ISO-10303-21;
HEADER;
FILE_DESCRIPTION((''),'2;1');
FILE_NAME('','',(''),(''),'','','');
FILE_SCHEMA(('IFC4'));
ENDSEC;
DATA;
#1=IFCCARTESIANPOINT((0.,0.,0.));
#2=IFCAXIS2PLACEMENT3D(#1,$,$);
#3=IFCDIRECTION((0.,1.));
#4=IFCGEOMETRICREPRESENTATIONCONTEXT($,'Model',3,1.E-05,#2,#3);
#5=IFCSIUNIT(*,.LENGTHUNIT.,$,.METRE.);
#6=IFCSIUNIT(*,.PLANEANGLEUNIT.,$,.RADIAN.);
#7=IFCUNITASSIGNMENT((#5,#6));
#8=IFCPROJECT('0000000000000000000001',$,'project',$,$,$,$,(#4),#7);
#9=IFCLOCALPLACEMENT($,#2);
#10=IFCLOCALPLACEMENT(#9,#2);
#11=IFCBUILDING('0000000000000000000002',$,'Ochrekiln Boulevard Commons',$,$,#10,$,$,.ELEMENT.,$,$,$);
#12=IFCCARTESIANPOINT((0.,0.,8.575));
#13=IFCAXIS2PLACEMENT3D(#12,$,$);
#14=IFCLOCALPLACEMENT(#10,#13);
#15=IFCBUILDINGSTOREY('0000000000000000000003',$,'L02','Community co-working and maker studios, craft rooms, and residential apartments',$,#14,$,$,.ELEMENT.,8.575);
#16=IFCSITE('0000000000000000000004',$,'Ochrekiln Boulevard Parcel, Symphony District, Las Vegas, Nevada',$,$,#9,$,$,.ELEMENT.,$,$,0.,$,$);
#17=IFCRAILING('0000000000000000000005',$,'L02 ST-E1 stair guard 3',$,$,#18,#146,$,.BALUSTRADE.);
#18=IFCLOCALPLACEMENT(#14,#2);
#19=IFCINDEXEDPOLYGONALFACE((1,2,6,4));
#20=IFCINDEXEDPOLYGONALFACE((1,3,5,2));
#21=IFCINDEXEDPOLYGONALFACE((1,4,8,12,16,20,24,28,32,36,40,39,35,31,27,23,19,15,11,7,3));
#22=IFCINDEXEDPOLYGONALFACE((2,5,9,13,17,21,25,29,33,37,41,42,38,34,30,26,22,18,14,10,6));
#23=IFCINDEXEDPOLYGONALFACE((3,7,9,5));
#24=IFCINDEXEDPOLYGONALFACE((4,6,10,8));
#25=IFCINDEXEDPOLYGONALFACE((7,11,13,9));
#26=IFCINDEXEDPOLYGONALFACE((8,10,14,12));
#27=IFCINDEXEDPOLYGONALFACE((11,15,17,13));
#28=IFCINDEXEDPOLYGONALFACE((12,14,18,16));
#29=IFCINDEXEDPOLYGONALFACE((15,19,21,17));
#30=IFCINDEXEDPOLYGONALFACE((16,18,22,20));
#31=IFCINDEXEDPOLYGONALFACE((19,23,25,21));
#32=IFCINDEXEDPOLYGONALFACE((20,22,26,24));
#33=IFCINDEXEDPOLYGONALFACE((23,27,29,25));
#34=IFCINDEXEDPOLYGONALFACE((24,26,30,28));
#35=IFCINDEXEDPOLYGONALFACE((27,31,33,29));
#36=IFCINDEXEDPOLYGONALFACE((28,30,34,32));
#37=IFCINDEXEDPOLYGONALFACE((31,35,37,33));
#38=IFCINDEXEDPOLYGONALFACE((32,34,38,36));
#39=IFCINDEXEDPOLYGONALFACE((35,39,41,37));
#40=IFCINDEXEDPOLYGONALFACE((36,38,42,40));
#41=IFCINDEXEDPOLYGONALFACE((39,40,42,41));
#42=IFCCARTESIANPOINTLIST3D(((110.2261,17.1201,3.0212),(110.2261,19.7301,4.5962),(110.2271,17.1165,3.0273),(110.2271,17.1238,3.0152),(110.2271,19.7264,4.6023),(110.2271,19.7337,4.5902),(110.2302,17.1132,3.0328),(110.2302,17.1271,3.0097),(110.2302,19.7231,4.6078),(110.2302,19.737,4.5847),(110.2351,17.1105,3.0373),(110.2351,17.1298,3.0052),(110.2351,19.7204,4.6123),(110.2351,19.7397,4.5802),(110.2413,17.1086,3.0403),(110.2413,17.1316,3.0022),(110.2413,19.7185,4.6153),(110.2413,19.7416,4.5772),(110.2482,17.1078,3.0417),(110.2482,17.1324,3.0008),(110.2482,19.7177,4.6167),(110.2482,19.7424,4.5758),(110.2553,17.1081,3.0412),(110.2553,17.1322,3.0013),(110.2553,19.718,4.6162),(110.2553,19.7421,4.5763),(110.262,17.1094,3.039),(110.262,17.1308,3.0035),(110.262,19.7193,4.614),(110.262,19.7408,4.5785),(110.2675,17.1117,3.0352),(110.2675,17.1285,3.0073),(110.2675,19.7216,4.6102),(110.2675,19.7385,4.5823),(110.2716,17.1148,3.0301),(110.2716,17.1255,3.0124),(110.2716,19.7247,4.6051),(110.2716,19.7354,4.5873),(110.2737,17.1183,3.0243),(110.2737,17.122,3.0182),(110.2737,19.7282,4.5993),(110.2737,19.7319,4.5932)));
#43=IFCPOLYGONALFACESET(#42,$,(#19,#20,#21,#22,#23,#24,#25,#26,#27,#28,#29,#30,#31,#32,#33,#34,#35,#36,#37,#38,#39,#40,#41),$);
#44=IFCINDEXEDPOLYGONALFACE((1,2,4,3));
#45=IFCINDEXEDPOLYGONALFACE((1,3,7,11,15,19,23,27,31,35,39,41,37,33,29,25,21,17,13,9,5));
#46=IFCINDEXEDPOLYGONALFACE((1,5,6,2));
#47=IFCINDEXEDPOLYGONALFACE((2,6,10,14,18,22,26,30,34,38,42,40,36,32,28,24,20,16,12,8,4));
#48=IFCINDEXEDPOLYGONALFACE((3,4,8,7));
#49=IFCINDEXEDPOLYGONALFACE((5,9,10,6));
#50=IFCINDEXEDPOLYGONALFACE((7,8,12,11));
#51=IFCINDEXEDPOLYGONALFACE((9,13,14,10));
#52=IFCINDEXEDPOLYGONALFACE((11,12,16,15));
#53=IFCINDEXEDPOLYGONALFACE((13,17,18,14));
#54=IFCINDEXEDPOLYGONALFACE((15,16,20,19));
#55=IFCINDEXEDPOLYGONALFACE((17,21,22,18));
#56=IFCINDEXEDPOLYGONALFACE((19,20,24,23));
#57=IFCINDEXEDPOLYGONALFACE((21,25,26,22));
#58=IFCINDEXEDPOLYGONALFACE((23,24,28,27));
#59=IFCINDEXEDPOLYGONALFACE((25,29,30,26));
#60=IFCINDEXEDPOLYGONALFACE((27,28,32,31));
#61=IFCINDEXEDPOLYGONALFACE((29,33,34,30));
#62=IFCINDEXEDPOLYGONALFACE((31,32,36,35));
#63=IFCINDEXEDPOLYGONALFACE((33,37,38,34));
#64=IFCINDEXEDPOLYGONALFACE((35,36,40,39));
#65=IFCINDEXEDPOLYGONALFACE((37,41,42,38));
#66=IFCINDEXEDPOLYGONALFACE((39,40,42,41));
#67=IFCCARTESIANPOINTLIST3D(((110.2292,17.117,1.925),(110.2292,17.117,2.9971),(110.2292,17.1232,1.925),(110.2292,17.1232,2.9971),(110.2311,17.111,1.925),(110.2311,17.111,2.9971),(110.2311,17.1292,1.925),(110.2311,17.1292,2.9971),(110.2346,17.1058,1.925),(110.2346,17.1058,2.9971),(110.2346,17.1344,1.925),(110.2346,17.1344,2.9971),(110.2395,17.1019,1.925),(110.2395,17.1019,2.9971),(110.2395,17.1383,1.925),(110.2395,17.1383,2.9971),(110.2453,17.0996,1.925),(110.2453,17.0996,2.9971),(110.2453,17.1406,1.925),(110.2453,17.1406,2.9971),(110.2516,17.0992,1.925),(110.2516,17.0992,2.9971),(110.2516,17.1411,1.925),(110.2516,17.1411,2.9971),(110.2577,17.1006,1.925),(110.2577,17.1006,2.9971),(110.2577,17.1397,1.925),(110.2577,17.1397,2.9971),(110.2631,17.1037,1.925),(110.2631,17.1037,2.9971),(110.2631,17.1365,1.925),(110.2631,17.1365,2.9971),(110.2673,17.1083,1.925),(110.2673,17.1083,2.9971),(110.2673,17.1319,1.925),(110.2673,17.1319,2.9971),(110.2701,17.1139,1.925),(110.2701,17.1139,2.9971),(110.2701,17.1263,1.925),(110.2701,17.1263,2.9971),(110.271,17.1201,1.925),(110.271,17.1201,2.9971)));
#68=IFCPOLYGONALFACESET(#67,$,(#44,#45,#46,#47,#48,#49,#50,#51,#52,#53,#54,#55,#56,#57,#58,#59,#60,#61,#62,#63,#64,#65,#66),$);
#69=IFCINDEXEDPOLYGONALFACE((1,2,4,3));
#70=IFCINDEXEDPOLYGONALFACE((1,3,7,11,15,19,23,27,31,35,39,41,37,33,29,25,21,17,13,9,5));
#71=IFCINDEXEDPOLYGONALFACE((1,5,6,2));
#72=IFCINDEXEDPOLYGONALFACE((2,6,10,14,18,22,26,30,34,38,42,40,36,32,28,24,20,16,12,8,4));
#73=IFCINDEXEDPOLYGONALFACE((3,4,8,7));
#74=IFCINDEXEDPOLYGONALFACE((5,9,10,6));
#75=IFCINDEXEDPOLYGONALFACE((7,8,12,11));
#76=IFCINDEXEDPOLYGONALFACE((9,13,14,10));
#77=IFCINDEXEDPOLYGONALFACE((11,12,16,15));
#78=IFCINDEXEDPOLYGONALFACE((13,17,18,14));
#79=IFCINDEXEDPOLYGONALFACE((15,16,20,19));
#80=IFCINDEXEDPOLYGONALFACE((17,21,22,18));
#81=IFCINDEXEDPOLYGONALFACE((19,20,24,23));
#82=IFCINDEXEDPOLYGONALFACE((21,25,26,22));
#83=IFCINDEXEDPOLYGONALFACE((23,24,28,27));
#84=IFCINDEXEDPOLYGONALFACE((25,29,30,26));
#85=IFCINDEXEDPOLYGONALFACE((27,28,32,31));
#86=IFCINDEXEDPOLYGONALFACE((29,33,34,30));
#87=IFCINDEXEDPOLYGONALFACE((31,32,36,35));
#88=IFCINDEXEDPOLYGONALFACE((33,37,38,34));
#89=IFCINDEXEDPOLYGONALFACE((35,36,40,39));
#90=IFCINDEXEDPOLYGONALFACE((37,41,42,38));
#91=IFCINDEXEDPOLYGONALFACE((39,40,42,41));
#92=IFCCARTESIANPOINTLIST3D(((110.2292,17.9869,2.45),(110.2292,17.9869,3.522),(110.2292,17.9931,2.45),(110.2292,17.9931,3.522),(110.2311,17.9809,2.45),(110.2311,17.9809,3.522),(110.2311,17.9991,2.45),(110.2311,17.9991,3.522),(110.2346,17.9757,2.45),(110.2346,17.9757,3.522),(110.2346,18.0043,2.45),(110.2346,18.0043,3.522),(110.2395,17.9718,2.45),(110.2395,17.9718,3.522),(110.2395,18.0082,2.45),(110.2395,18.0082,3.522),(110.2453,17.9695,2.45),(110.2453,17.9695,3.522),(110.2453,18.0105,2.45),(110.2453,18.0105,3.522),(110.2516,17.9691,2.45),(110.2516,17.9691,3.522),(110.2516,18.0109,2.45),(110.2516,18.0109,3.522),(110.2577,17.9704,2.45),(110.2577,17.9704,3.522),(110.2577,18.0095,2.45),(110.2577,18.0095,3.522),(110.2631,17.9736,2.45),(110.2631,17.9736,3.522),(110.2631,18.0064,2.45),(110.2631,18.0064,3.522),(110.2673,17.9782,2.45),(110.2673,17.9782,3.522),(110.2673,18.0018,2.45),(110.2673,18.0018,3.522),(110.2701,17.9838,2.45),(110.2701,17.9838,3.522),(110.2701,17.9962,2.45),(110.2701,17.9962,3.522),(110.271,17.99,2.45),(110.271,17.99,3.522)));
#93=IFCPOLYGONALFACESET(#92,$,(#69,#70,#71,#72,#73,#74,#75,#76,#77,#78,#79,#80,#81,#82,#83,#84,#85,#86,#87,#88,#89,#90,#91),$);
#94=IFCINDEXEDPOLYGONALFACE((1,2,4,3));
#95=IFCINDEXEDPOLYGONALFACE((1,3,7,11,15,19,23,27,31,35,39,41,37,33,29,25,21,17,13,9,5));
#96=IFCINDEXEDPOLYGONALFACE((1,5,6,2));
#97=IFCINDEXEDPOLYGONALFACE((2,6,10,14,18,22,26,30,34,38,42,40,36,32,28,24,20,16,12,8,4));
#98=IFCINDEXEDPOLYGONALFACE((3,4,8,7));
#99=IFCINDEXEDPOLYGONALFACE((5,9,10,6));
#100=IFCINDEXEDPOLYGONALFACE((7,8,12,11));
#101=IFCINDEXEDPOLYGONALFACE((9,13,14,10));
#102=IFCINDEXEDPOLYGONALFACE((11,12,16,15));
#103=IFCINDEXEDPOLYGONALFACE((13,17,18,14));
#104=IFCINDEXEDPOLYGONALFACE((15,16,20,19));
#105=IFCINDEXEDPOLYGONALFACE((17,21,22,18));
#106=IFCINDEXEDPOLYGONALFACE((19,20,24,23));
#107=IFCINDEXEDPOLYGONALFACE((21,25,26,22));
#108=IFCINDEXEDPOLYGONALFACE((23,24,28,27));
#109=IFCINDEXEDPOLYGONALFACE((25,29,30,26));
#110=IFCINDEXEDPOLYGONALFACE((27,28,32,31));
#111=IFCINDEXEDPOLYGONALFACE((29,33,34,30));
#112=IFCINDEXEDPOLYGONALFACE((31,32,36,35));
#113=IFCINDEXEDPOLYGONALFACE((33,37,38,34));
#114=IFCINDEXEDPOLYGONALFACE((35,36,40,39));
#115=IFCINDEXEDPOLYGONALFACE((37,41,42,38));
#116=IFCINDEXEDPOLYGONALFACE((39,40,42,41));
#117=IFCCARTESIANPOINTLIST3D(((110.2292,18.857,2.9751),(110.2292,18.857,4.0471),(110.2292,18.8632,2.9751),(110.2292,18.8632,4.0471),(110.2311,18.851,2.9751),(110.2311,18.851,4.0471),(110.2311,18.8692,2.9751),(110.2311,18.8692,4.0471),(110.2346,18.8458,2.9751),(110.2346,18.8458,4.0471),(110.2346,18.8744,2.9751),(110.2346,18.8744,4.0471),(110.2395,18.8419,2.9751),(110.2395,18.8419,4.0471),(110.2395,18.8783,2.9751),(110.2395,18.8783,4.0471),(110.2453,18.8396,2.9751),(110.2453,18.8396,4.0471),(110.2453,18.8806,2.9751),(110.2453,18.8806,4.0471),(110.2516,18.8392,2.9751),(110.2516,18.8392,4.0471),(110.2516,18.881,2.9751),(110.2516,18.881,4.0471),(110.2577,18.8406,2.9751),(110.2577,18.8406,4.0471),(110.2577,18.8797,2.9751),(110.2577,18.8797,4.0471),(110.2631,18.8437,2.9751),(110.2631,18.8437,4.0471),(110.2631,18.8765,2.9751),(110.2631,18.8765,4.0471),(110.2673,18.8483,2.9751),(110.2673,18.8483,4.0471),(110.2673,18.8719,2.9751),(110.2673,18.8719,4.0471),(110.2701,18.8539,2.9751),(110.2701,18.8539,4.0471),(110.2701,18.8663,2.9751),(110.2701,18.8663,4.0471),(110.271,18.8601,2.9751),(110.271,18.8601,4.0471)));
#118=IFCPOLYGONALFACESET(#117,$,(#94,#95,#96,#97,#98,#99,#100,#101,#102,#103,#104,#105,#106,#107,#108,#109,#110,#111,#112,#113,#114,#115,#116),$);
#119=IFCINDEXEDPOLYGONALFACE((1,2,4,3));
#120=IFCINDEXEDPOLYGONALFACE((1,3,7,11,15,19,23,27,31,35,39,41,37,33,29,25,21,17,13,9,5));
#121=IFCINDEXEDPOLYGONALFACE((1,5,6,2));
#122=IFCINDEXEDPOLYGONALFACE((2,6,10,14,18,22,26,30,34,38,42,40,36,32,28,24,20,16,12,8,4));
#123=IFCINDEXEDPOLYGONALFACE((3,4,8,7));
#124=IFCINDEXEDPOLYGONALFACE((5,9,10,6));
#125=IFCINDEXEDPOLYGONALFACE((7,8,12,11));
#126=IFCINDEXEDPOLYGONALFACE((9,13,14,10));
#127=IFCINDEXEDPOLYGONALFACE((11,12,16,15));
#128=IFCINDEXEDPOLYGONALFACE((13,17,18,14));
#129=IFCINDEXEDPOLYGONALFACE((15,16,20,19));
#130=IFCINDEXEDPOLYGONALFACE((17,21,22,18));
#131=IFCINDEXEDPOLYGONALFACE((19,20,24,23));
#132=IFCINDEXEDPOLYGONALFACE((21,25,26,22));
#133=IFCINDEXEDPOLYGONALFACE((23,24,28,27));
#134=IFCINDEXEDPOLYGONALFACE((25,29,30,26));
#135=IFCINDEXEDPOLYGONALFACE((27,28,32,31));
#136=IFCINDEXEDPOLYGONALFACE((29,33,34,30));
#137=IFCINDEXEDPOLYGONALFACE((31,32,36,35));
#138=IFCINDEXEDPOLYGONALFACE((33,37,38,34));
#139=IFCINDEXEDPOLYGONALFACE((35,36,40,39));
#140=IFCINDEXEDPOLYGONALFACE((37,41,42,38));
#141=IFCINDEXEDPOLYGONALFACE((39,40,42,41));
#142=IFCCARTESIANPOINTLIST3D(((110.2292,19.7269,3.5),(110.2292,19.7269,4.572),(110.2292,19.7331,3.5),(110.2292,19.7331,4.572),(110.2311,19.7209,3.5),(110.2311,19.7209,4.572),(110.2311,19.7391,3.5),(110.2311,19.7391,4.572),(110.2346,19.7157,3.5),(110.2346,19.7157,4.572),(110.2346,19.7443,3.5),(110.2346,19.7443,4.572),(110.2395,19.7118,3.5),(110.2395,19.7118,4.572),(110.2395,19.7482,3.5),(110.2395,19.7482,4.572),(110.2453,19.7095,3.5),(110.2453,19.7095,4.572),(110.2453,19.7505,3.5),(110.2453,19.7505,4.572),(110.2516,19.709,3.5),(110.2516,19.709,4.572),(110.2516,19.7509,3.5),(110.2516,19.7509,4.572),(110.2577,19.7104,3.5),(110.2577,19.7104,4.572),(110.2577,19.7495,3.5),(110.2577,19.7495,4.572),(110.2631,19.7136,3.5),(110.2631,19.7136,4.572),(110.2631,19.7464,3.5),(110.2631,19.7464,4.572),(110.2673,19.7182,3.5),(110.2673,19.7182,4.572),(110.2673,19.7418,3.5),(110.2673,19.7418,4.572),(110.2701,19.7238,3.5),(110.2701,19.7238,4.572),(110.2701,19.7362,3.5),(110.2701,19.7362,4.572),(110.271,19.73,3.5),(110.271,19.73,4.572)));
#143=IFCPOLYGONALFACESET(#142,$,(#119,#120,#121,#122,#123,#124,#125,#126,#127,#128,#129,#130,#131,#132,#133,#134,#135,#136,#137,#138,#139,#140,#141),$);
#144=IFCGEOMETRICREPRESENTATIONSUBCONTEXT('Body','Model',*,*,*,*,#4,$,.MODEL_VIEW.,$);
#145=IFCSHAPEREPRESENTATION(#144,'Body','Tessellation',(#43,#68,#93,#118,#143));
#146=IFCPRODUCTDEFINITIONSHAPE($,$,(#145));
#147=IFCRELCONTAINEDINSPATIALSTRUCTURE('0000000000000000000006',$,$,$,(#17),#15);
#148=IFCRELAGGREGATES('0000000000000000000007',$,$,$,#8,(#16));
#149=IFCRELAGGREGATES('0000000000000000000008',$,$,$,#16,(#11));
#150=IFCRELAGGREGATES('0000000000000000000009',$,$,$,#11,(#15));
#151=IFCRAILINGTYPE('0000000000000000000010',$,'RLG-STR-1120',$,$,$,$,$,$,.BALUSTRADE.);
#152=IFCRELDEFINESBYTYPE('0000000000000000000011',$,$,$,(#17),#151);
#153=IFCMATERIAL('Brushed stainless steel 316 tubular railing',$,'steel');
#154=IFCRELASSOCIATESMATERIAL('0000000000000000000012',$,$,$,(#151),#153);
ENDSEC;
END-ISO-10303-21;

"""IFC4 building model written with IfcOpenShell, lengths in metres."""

from ifc_helpers import new_model, si_unit, direction, frame, origin, origin_2d, place, context, subcontext, project, spatial, circle, extrude, material, type_object, element, save


model = new_model("IFC4")

# Units and contexts
model_context = context("Model", 3, precision=1e-05, world=origin(), true_north=direction((0.0, 1.0)))
body_context = subcontext(model_context, "Body", "Model", "MODEL_VIEW")
ifc_project = project(units=[si_unit("LENGTHUNIT", "METRE"), si_unit("PLANEANGLEUNIT", "RADIAN")], contexts=[model_context])

# Site, building, storey
site_placement = place(None, origin())
site = spatial("IfcSite", under=ifc_project, at=site_placement, Name="Ochrekiln Boulevard Parcel, Symphony District, Las Vegas, Nevada", CompositionType="ELEMENT", RefElevation=0.0)
building_placement = place(site_placement, origin())
building = spatial("IfcBuilding", under=site, at=building_placement, Name="Ochrekiln Boulevard Commons", CompositionType="ELEMENT")
storey_placement = place(building_placement, frame((0.0, 0.0, 8.575)))
storey = spatial("IfcBuildingStorey", under=building, at=storey_placement, Name="L02", Description="Community co-working and maker studios, craft rooms, and residential apartments", CompositionType="ELEMENT", Elevation=8.575)

# Railing
ifc_material_1 = material(Name="Brushed stainless steel 316 tubular railing", Category="steel")
railing_type_1 = type_object("IfcRailingType", Name="RLG-STR-1120", PredefinedType="BALUSTRADE", material=ifc_material_1)
railing_1_placement = place(storey_placement, frame((110.25, 17.1201, 1.925)))
element("IfcRailing", 1, at=railing_1_placement, inside=storey, type_object=railing_type_1, Name="L02 ST-E1 stair guard 3", PredefinedType="BALUSTRADE", context=body_context, shape_type="SweptSolid", body=[
    extrude(circle(Radius=0.0239, at=origin_2d()), frame((0.0, 0.0, 1.0962), z_axis=(0.0, 0.856183, 0.516673), x_axis=(-1.0, 0.0, 0.0)), (0.0, 0.0, 1.0), 3.0483),
    extrude(circle(Radius=0.021, at=origin_2d()), origin(), (0.0, 0.0, 1.0), 1.072),
    extrude(circle(Radius=0.021, at=origin_2d()), frame((0.0, 0.8699, 0.5249)), (0.0, 0.0, 1.0), 1.072),
    extrude(circle(Radius=0.021, at=origin_2d()), frame((0.0, 1.74, 1.05)), (0.0, 0.0, 1.0), 1.072),
    extrude(circle(Radius=0.021, at=origin_2d()), frame((0.0, 2.6099, 1.575)), (0.0, 0.0, 1.0), 1.072),
])

save(model, "model.ifc")
